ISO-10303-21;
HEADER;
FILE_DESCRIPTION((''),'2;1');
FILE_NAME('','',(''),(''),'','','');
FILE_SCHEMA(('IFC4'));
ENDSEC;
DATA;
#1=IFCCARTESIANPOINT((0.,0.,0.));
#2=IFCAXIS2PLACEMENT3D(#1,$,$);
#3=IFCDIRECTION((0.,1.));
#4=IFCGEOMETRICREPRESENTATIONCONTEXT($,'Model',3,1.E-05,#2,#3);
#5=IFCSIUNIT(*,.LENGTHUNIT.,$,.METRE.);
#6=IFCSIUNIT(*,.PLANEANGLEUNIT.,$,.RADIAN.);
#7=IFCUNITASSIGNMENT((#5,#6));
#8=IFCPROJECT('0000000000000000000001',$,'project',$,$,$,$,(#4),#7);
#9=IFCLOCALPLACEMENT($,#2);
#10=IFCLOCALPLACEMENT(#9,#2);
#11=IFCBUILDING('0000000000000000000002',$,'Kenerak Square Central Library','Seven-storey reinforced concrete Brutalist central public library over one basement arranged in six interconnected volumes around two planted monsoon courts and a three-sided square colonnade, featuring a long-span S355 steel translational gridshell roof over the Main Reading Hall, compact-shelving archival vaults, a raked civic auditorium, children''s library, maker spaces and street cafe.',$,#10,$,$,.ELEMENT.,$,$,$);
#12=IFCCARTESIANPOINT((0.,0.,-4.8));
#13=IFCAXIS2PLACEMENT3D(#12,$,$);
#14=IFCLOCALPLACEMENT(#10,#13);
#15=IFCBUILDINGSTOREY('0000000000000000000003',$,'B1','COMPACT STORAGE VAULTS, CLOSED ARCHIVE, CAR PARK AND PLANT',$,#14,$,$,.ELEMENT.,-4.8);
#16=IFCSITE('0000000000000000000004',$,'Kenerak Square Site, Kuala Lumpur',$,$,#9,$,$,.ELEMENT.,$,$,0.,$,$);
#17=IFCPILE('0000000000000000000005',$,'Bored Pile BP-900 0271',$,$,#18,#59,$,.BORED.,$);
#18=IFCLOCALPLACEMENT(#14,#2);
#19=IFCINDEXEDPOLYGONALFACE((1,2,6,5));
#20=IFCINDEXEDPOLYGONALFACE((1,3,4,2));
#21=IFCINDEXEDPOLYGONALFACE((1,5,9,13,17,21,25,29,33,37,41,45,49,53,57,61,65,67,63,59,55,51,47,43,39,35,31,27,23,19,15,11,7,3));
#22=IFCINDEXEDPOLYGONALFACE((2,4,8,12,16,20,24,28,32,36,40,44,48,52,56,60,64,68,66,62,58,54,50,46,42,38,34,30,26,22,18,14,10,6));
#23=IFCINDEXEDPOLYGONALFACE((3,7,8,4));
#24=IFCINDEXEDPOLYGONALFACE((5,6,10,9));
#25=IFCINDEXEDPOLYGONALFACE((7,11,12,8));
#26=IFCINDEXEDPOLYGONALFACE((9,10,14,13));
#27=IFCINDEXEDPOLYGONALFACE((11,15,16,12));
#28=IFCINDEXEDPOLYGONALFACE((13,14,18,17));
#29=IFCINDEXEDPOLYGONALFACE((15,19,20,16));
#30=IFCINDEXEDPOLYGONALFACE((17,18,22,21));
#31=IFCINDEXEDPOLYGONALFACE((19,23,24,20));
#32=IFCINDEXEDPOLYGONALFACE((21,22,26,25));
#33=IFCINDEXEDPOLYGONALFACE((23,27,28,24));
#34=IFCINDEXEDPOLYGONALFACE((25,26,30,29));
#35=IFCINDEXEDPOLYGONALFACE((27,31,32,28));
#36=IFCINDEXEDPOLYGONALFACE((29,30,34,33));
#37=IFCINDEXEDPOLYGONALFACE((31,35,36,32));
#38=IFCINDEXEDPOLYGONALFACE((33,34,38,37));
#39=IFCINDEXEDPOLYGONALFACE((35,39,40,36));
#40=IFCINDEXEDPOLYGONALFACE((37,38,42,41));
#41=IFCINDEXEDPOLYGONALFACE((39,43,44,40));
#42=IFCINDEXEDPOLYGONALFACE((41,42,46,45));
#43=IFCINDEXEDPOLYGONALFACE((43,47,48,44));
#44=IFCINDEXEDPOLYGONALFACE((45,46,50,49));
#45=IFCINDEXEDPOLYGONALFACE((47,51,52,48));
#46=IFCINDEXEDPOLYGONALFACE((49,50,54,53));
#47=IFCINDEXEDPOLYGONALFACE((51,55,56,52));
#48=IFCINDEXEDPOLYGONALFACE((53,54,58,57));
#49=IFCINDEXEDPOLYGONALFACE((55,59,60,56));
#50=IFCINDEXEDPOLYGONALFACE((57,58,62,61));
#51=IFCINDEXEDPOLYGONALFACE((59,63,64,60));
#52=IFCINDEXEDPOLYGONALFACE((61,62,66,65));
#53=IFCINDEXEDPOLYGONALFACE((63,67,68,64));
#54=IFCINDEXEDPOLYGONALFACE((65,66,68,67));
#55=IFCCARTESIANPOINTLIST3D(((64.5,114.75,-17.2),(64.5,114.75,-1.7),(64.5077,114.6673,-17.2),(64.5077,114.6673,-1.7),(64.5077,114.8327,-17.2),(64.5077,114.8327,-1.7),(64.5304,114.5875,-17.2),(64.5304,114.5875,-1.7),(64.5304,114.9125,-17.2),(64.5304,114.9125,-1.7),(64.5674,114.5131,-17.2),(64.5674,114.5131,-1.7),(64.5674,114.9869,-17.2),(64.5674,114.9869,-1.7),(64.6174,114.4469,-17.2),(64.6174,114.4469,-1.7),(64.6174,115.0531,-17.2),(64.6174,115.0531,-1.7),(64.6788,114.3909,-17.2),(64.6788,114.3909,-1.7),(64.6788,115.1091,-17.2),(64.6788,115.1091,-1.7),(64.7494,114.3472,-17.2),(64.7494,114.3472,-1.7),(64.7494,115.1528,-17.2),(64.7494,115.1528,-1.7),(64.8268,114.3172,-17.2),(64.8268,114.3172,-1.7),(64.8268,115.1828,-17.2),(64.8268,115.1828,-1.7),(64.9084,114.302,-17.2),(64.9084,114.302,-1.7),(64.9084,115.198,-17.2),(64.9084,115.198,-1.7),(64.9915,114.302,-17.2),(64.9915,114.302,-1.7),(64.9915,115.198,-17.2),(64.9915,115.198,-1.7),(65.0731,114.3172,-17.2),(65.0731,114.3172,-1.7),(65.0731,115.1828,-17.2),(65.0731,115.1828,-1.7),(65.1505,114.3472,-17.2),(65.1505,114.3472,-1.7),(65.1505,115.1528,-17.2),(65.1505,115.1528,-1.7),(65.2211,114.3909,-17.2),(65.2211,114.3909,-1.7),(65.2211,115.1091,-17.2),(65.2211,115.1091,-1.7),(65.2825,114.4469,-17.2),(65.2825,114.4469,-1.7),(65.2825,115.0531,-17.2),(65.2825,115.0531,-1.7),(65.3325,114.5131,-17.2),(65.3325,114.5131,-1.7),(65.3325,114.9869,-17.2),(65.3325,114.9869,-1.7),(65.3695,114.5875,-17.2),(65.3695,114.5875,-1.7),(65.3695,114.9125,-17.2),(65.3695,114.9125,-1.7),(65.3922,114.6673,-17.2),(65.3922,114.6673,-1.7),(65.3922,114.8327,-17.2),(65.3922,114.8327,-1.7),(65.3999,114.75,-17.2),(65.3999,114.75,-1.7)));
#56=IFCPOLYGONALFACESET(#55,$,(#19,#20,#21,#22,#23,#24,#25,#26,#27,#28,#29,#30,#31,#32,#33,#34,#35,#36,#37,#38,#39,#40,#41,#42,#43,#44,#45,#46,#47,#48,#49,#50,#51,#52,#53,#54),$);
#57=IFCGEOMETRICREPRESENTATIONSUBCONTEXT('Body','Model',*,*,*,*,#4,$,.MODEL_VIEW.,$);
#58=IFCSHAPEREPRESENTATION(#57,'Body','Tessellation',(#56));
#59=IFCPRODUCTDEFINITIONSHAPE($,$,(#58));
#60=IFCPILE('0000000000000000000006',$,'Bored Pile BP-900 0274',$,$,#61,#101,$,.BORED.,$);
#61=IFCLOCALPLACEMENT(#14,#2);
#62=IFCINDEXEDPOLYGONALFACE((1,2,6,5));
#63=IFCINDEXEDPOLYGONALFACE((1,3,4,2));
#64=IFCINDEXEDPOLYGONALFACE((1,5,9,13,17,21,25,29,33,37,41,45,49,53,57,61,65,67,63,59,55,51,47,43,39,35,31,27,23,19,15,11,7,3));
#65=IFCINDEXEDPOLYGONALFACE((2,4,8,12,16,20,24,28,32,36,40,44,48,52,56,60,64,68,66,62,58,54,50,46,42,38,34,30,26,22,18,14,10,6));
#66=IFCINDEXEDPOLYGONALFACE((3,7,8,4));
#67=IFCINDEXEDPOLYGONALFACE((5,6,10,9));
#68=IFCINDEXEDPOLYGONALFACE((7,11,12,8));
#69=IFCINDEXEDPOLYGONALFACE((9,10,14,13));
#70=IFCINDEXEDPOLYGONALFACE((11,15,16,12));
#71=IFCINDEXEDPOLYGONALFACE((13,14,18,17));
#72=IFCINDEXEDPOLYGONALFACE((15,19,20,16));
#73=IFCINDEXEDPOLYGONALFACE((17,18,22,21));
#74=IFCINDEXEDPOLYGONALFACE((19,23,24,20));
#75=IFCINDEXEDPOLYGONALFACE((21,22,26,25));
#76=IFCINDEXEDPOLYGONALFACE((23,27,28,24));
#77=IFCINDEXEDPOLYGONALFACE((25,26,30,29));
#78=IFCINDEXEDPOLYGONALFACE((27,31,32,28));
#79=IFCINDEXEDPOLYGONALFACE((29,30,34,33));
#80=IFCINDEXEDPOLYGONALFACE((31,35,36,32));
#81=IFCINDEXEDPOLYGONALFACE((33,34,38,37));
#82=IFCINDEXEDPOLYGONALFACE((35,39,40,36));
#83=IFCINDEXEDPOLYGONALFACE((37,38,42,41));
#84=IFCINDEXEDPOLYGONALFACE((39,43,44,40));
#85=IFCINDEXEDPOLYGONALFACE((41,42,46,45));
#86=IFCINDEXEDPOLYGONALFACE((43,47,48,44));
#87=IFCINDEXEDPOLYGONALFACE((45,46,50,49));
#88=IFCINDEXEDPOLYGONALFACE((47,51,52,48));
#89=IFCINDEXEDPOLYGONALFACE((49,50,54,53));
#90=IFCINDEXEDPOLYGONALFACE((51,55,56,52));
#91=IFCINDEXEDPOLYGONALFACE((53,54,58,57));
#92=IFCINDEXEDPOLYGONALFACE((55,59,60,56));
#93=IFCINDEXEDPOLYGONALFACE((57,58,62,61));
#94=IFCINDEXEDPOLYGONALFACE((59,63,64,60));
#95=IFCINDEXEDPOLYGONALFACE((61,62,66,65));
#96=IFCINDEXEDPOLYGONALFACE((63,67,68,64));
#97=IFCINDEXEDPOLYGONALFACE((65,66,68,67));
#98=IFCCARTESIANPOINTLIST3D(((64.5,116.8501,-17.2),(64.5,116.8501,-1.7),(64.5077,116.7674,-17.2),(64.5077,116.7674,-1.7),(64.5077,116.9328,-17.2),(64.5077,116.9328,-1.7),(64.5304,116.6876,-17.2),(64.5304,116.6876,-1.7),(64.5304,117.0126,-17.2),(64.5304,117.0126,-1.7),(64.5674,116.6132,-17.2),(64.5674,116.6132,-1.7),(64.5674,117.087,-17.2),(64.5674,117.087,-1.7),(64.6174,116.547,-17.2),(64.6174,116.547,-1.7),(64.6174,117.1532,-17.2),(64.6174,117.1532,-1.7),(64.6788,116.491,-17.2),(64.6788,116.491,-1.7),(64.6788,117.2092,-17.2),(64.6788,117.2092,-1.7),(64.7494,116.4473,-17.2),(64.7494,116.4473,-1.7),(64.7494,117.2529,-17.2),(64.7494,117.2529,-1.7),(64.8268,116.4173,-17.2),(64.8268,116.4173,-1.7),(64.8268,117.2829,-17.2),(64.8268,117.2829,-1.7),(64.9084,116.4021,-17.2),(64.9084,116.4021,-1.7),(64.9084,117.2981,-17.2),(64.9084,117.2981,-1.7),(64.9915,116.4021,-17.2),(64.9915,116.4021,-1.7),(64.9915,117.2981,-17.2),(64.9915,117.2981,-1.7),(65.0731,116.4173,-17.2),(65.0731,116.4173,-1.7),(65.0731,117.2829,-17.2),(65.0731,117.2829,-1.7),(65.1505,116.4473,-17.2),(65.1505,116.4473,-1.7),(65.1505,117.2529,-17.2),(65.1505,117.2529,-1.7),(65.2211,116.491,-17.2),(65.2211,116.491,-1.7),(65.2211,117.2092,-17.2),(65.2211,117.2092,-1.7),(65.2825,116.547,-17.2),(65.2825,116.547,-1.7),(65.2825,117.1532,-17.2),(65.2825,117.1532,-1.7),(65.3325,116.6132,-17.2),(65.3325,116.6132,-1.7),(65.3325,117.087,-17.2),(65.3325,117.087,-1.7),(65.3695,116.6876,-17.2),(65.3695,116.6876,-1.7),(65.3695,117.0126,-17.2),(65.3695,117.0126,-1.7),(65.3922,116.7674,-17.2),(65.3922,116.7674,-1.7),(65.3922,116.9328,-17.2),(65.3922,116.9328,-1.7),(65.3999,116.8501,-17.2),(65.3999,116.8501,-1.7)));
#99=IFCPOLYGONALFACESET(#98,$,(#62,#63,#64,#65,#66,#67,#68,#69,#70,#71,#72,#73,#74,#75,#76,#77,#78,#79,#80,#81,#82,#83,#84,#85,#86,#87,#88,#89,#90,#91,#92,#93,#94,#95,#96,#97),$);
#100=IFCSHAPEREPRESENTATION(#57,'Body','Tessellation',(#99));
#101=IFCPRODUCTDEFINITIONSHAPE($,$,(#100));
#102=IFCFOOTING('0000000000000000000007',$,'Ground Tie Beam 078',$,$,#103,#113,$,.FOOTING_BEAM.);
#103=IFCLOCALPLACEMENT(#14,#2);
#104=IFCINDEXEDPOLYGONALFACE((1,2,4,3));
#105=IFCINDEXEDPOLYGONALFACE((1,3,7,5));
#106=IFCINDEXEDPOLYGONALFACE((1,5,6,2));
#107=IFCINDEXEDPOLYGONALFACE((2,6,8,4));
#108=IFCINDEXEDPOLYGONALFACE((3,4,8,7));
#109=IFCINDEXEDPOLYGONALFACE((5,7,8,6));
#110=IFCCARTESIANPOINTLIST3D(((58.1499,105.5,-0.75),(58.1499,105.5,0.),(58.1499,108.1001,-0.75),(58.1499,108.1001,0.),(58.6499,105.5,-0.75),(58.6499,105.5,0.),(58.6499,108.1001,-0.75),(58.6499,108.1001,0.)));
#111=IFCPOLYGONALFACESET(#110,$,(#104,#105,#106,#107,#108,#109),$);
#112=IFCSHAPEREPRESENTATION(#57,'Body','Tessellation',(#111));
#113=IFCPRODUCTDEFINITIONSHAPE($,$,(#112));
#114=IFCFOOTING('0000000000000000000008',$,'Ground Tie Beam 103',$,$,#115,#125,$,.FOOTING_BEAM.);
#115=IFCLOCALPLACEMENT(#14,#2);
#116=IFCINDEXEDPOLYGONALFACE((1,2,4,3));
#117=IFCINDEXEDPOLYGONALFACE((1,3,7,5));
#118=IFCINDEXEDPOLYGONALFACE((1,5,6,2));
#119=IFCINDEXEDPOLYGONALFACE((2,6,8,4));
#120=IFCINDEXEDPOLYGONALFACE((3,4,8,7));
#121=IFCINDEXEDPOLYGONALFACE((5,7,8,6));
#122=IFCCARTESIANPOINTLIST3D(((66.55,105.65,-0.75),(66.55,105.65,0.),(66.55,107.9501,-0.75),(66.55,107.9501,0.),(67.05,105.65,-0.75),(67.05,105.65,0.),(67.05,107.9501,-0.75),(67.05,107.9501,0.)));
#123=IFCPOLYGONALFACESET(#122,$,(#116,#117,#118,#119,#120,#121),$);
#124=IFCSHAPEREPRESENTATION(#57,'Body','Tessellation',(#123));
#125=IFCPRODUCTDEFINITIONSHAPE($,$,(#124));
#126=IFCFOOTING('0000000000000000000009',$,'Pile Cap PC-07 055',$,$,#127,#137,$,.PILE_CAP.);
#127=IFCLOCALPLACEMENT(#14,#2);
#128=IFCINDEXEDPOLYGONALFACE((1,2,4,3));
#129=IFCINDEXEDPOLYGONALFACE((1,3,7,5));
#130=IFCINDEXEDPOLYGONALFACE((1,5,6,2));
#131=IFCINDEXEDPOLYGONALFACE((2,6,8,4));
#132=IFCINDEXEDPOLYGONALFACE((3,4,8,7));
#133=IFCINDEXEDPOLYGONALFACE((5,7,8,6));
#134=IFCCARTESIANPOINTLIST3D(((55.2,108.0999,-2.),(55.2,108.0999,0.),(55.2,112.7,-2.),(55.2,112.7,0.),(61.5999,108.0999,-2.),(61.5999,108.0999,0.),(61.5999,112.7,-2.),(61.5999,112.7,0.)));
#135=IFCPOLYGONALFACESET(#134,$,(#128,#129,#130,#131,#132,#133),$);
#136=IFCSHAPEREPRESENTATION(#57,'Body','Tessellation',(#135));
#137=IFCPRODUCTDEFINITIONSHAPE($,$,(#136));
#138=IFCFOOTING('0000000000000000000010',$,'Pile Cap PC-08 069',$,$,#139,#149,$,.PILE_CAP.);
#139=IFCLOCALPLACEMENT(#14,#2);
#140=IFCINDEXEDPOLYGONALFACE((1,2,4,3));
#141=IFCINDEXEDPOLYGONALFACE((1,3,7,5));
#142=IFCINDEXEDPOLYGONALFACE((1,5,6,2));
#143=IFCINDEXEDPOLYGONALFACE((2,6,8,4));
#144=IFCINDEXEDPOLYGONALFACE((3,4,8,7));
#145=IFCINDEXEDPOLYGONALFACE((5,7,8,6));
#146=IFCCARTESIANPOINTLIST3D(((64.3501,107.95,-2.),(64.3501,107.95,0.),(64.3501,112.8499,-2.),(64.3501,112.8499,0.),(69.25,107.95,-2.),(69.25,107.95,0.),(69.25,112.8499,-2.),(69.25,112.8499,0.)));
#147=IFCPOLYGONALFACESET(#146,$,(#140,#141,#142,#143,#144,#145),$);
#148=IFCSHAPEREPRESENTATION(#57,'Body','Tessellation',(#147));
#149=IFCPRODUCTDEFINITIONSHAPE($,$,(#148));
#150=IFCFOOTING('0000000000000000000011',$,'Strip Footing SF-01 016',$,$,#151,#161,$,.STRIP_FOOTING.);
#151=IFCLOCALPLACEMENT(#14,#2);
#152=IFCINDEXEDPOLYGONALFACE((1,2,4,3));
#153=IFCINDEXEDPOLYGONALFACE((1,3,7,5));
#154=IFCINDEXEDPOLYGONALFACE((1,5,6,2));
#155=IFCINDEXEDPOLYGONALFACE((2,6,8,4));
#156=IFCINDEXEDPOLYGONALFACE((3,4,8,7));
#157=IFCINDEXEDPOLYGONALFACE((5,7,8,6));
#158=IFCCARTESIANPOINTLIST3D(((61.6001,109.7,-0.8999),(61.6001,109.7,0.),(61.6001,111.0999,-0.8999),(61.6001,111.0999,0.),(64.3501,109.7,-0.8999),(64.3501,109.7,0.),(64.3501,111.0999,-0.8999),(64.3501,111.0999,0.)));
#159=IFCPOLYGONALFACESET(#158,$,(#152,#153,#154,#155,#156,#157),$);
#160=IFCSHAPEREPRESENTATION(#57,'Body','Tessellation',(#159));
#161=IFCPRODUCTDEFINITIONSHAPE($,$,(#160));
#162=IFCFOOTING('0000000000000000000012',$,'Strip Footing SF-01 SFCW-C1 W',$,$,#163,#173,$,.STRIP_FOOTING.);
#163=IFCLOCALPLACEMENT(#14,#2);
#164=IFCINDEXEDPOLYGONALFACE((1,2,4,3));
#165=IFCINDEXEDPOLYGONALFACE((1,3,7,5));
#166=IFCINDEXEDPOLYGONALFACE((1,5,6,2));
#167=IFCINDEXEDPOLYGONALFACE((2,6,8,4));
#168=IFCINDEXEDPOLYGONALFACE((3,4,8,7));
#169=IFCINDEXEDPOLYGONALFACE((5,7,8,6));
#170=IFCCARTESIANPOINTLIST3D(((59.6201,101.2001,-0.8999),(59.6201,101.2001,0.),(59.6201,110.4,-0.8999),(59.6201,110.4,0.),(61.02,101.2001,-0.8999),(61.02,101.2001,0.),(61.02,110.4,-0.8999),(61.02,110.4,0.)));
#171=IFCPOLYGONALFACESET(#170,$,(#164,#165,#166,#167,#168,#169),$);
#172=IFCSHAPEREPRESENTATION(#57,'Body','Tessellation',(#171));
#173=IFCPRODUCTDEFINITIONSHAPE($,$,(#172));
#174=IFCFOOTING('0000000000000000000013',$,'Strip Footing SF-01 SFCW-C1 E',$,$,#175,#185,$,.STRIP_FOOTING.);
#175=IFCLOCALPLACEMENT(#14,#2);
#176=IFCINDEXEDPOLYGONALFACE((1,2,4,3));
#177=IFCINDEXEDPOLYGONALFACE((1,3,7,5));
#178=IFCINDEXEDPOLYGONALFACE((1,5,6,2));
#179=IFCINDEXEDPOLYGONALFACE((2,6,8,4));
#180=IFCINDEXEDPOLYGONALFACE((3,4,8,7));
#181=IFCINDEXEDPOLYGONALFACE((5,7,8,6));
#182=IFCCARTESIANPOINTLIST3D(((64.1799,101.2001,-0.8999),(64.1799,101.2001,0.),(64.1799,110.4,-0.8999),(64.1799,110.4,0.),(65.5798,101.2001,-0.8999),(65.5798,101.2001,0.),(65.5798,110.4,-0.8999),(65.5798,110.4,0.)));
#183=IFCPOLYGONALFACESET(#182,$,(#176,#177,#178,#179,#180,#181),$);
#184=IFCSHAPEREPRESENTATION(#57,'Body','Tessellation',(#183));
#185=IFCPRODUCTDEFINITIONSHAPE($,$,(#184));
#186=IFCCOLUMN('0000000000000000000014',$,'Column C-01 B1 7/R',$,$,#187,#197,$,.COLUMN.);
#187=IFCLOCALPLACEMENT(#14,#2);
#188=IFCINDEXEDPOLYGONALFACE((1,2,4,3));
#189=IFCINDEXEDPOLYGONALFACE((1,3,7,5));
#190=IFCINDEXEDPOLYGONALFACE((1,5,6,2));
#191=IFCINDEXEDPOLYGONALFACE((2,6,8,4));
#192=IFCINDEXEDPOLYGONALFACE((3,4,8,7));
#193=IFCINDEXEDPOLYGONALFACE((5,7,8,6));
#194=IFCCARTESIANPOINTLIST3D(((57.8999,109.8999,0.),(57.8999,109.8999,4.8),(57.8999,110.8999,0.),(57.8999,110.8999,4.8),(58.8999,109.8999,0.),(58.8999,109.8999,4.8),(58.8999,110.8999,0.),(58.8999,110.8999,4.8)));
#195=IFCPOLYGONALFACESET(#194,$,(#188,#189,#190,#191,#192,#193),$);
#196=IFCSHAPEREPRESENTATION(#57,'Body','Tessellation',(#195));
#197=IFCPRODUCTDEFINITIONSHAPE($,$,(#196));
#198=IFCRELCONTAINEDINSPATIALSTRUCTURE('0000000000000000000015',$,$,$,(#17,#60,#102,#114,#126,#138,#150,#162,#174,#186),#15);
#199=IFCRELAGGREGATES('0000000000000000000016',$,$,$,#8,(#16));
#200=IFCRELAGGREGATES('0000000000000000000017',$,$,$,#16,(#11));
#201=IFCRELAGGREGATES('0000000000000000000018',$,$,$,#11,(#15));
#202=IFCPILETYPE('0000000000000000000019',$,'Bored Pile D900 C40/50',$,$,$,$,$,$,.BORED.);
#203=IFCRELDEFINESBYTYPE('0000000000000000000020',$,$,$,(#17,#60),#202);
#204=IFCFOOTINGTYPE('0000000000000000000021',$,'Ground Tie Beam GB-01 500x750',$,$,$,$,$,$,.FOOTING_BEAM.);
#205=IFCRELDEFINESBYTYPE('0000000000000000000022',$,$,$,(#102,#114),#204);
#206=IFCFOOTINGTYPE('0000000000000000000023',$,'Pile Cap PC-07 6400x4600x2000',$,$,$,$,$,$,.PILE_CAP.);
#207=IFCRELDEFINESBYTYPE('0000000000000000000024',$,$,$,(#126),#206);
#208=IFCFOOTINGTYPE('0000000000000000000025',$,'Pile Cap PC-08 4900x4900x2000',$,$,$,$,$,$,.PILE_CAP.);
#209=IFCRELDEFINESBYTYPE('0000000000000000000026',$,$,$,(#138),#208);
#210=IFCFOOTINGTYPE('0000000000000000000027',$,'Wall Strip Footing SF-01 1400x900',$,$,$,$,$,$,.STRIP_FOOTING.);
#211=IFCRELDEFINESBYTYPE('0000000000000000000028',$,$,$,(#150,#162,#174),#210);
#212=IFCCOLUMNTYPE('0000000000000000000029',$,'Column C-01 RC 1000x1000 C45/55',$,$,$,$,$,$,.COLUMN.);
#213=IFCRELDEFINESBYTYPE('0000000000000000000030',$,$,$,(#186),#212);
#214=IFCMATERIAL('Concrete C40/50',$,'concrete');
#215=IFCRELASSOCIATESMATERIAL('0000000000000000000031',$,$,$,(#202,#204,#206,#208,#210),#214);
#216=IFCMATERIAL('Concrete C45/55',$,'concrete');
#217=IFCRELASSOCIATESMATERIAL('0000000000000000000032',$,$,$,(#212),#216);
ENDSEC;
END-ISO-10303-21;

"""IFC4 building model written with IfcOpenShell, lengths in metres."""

from ifc_helpers import new_model, si_unit, direction, frame, origin, origin_2d, place, context, subcontext, project, spatial, rectangle, circle, extrude, material, material_profile, profile_set, type_object, element, save


model = new_model("IFC4")

# Units and contexts
model_context = context("Model", 3, precision=1e-05, world=origin(), true_north=direction((0.0, 1.0)))
body_context = subcontext(model_context, "Body", "Model", "MODEL_VIEW")
ifc_project = project(units=[si_unit("LENGTHUNIT", "METRE"), si_unit("PLANEANGLEUNIT", "RADIAN")], contexts=[model_context])

# Site, building, storey
site_placement = place(None, origin())
site = spatial("IfcSite", under=ifc_project, at=site_placement, Name="Kenerak Square Site, Kuala Lumpur", CompositionType="ELEMENT", RefElevation=0.0)
building_placement = place(site_placement, origin())
building = spatial("IfcBuilding", under=site, at=building_placement, Name="Kenerak Square Central Library", Description="Seven-storey reinforced concrete Brutalist central public library over one basement arranged in six interconnected volumes around two planted monsoon courts and a three-sided square colonnade, featuring a long-span S355 steel translational gridshell roof over the Main Reading Hall, compact-shelving archival vaults, a raked civic auditorium, children's library, maker spaces and street cafe.", CompositionType="ELEMENT")
storey_placement = place(building_placement, frame((0.0, 0.0, -4.8)))
storey = spatial("IfcBuildingStorey", under=building, at=storey_placement, Name="B1", Description="COMPACT STORAGE VAULTS, CLOSED ARCHIVE, CAR PARK AND PLANT", CompositionType="ELEMENT", Elevation=-4.8)

# Piles
ifc_material_1 = material(Name="Concrete C40/50", Category="concrete")
ifc_material_profile_1 = material_profile(ifc_material_1, circle(Radius=0.45, at=origin_2d()), Name="BP D900")
ifc_profile_set_1 = profile_set([ifc_material_profile_1], Name="Concrete C40/50")
pile_type_1 = type_object("IfcPileType", Name="Bored Pile D900 C40/50", PredefinedType="BORED", material=ifc_profile_set_1)
for number, where, z_axis, x_axis, name in (
    (1, (64.95, 114.75, -1.7), (0.0, 0.0, -1.0), (1.0, 0.0, 0.0), "Bored Pile BP-900 0271"),
    (2, (64.95, 116.8501, -1.7), (0.0, 0.0, -1.0), (1.0, 0.0, 0.0), "Bored Pile BP-900 0274"),
):
    element("IfcPile", number, at=place(storey_placement, frame(where, z_axis=z_axis, x_axis=x_axis)), inside=storey, type_object=pile_type_1, Name=name, PredefinedType="BORED", context=body_context, shape_type="SweptSolid", body=[
        extrude(circle(Radius=0.45, at=origin_2d()), origin(), (0.0, 0.0, 1.0), 15.5),
    ])

# Footings
footing_type_1 = type_object("IfcFootingType", Name="Ground Tie Beam GB-01 500x750", PredefinedType="FOOTING_BEAM", material=ifc_material_1)
footing_1_placement = place(storey_placement, frame((58.3999, 106.8, -0.75), z_axis=(0.0, 0.0, 1.0), x_axis=(1.0, 0.0, 0.0)))
element("IfcFooting", 3, at=footing_1_placement, inside=storey, type_object=footing_type_1, Name="Ground Tie Beam 078", PredefinedType="FOOTING_BEAM", context=body_context, shape_type="SweptSolid", body=[
    extrude(rectangle(XDim=0.5, YDim=2.6001, at=origin_2d()), origin(), (0.0, 0.0, 1.0), 0.75),
])
footing_2_placement = place(storey_placement, frame((66.8, 106.8, -0.75), z_axis=(0.0, 0.0, 1.0), x_axis=(1.0, 0.0, 0.0)))
element("IfcFooting", 4, at=footing_2_placement, inside=storey, type_object=footing_type_1, Name="Ground Tie Beam 103", PredefinedType="FOOTING_BEAM", context=body_context, shape_type="SweptSolid", body=[
    extrude(rectangle(XDim=0.5, YDim=2.3, at=origin_2d()), origin(), (0.0, 0.0, 1.0), 0.75),
])
footing_type_2 = type_object("IfcFootingType", Name="Pile Cap PC-07 6400x4600x2000", PredefinedType="PILE_CAP", material=ifc_material_1)
footing_3_placement = place(storey_placement, frame((58.3999, 110.3999, -2.0), z_axis=(0.0, 0.0, 1.0), x_axis=(1.0, 0.0, 0.0)))
element("IfcFooting", 5, at=footing_3_placement, inside=storey, type_object=footing_type_2, Name="Pile Cap PC-07 055", PredefinedType="PILE_CAP", context=body_context, shape_type="SweptSolid", body=[
    extrude(rectangle(XDim=6.3999, YDim=4.6001, at=origin_2d()), origin(), (0.0, 0.0, 1.0), 2.0),
])
footing_type_3 = type_object("IfcFootingType", Name="Pile Cap PC-08 4900x4900x2000", PredefinedType="PILE_CAP", material=ifc_material_1)
footing_4_placement = place(storey_placement, frame((66.8, 110.3999, -2.0), z_axis=(0.0, 0.0, 1.0), x_axis=(1.0, 0.0, 0.0)))
element("IfcFooting", 6, at=footing_4_placement, inside=storey, type_object=footing_type_3, Name="Pile Cap PC-08 069", PredefinedType="PILE_CAP", context=body_context, shape_type="SweptSolid", body=[
    extrude(rectangle(XDim=4.8999, YDim=4.8999, at=origin_2d()), origin(), (0.0, 0.0, 1.0), 2.0),
])
footing_type_4 = type_object("IfcFootingType", Name="Wall Strip Footing SF-01 1400x900", PredefinedType="STRIP_FOOTING", material=ifc_material_1)
footing_5_placement = place(storey_placement, frame((62.9751, 110.3999, -0.8999), z_axis=(0.0, 0.0, 1.0), x_axis=(1.0, 0.0, 0.0)))
element("IfcFooting", 7, at=footing_5_placement, inside=storey, type_object=footing_type_4, Name="Strip Footing SF-01 016", PredefinedType="STRIP_FOOTING", context=body_context, shape_type="SweptSolid", body=[
    extrude(rectangle(XDim=2.75, YDim=1.3999, at=origin_2d()), origin(), (0.0, 0.0, 1.0), 0.8999),
])
for number, where, z_axis, x_axis, name in (
    (8, (60.3201, 105.8, -0.8999), (0.0, 0.0, 1.0), (1.0, 0.0, 0.0), "Strip Footing SF-01 SFCW-C1 W"),
    (9, (64.8799, 105.8, -0.8999), (0.0, 0.0, 1.0), (1.0, 0.0, 0.0), "Strip Footing SF-01 SFCW-C1 E"),
):
    element("IfcFooting", number, at=place(storey_placement, frame(where, z_axis=z_axis, x_axis=x_axis)), inside=storey, type_object=footing_type_4, Name=name, PredefinedType="STRIP_FOOTING", context=body_context, shape_type="SweptSolid", body=[
        extrude(rectangle(XDim=1.3999, YDim=9.2, at=origin_2d()), origin(), (0.0, 0.0, 1.0), 0.8999),
    ])

# Column
ifc_material_2 = material(Name="Concrete C45/55", Category="concrete")
ifc_material_profile_2 = material_profile(ifc_material_2, rectangle(XDim=1.0, YDim=1.0, at=origin_2d()), Name="RC 1000x1000")
ifc_profile_set_2 = profile_set([ifc_material_profile_2], Name="Concrete C45/55")
column_type = type_object("IfcColumnType", Name="Column C-01 RC 1000x1000 C45/55", PredefinedType="COLUMN", material=ifc_profile_set_2)
for number, where, z_axis, x_axis, name in (
    (10, (58.3999, 110.3999, 0.0), (0.0, 0.0, 1.0), (1.0, 0.0, 0.0), "Column C-01 B1 7/R"),
):
    element("IfcColumn", number, at=place(storey_placement, frame(where, z_axis=z_axis, x_axis=x_axis)), inside=storey, type_object=column_type, Name=name, PredefinedType="COLUMN", context=body_context, shape_type="SweptSolid", body=[
        extrude(rectangle(XDim=1.0, YDim=1.0, at=origin_2d()), origin(), (0.0, 0.0, 1.0), 4.8),
    ])

save(model, "model.ifc")
